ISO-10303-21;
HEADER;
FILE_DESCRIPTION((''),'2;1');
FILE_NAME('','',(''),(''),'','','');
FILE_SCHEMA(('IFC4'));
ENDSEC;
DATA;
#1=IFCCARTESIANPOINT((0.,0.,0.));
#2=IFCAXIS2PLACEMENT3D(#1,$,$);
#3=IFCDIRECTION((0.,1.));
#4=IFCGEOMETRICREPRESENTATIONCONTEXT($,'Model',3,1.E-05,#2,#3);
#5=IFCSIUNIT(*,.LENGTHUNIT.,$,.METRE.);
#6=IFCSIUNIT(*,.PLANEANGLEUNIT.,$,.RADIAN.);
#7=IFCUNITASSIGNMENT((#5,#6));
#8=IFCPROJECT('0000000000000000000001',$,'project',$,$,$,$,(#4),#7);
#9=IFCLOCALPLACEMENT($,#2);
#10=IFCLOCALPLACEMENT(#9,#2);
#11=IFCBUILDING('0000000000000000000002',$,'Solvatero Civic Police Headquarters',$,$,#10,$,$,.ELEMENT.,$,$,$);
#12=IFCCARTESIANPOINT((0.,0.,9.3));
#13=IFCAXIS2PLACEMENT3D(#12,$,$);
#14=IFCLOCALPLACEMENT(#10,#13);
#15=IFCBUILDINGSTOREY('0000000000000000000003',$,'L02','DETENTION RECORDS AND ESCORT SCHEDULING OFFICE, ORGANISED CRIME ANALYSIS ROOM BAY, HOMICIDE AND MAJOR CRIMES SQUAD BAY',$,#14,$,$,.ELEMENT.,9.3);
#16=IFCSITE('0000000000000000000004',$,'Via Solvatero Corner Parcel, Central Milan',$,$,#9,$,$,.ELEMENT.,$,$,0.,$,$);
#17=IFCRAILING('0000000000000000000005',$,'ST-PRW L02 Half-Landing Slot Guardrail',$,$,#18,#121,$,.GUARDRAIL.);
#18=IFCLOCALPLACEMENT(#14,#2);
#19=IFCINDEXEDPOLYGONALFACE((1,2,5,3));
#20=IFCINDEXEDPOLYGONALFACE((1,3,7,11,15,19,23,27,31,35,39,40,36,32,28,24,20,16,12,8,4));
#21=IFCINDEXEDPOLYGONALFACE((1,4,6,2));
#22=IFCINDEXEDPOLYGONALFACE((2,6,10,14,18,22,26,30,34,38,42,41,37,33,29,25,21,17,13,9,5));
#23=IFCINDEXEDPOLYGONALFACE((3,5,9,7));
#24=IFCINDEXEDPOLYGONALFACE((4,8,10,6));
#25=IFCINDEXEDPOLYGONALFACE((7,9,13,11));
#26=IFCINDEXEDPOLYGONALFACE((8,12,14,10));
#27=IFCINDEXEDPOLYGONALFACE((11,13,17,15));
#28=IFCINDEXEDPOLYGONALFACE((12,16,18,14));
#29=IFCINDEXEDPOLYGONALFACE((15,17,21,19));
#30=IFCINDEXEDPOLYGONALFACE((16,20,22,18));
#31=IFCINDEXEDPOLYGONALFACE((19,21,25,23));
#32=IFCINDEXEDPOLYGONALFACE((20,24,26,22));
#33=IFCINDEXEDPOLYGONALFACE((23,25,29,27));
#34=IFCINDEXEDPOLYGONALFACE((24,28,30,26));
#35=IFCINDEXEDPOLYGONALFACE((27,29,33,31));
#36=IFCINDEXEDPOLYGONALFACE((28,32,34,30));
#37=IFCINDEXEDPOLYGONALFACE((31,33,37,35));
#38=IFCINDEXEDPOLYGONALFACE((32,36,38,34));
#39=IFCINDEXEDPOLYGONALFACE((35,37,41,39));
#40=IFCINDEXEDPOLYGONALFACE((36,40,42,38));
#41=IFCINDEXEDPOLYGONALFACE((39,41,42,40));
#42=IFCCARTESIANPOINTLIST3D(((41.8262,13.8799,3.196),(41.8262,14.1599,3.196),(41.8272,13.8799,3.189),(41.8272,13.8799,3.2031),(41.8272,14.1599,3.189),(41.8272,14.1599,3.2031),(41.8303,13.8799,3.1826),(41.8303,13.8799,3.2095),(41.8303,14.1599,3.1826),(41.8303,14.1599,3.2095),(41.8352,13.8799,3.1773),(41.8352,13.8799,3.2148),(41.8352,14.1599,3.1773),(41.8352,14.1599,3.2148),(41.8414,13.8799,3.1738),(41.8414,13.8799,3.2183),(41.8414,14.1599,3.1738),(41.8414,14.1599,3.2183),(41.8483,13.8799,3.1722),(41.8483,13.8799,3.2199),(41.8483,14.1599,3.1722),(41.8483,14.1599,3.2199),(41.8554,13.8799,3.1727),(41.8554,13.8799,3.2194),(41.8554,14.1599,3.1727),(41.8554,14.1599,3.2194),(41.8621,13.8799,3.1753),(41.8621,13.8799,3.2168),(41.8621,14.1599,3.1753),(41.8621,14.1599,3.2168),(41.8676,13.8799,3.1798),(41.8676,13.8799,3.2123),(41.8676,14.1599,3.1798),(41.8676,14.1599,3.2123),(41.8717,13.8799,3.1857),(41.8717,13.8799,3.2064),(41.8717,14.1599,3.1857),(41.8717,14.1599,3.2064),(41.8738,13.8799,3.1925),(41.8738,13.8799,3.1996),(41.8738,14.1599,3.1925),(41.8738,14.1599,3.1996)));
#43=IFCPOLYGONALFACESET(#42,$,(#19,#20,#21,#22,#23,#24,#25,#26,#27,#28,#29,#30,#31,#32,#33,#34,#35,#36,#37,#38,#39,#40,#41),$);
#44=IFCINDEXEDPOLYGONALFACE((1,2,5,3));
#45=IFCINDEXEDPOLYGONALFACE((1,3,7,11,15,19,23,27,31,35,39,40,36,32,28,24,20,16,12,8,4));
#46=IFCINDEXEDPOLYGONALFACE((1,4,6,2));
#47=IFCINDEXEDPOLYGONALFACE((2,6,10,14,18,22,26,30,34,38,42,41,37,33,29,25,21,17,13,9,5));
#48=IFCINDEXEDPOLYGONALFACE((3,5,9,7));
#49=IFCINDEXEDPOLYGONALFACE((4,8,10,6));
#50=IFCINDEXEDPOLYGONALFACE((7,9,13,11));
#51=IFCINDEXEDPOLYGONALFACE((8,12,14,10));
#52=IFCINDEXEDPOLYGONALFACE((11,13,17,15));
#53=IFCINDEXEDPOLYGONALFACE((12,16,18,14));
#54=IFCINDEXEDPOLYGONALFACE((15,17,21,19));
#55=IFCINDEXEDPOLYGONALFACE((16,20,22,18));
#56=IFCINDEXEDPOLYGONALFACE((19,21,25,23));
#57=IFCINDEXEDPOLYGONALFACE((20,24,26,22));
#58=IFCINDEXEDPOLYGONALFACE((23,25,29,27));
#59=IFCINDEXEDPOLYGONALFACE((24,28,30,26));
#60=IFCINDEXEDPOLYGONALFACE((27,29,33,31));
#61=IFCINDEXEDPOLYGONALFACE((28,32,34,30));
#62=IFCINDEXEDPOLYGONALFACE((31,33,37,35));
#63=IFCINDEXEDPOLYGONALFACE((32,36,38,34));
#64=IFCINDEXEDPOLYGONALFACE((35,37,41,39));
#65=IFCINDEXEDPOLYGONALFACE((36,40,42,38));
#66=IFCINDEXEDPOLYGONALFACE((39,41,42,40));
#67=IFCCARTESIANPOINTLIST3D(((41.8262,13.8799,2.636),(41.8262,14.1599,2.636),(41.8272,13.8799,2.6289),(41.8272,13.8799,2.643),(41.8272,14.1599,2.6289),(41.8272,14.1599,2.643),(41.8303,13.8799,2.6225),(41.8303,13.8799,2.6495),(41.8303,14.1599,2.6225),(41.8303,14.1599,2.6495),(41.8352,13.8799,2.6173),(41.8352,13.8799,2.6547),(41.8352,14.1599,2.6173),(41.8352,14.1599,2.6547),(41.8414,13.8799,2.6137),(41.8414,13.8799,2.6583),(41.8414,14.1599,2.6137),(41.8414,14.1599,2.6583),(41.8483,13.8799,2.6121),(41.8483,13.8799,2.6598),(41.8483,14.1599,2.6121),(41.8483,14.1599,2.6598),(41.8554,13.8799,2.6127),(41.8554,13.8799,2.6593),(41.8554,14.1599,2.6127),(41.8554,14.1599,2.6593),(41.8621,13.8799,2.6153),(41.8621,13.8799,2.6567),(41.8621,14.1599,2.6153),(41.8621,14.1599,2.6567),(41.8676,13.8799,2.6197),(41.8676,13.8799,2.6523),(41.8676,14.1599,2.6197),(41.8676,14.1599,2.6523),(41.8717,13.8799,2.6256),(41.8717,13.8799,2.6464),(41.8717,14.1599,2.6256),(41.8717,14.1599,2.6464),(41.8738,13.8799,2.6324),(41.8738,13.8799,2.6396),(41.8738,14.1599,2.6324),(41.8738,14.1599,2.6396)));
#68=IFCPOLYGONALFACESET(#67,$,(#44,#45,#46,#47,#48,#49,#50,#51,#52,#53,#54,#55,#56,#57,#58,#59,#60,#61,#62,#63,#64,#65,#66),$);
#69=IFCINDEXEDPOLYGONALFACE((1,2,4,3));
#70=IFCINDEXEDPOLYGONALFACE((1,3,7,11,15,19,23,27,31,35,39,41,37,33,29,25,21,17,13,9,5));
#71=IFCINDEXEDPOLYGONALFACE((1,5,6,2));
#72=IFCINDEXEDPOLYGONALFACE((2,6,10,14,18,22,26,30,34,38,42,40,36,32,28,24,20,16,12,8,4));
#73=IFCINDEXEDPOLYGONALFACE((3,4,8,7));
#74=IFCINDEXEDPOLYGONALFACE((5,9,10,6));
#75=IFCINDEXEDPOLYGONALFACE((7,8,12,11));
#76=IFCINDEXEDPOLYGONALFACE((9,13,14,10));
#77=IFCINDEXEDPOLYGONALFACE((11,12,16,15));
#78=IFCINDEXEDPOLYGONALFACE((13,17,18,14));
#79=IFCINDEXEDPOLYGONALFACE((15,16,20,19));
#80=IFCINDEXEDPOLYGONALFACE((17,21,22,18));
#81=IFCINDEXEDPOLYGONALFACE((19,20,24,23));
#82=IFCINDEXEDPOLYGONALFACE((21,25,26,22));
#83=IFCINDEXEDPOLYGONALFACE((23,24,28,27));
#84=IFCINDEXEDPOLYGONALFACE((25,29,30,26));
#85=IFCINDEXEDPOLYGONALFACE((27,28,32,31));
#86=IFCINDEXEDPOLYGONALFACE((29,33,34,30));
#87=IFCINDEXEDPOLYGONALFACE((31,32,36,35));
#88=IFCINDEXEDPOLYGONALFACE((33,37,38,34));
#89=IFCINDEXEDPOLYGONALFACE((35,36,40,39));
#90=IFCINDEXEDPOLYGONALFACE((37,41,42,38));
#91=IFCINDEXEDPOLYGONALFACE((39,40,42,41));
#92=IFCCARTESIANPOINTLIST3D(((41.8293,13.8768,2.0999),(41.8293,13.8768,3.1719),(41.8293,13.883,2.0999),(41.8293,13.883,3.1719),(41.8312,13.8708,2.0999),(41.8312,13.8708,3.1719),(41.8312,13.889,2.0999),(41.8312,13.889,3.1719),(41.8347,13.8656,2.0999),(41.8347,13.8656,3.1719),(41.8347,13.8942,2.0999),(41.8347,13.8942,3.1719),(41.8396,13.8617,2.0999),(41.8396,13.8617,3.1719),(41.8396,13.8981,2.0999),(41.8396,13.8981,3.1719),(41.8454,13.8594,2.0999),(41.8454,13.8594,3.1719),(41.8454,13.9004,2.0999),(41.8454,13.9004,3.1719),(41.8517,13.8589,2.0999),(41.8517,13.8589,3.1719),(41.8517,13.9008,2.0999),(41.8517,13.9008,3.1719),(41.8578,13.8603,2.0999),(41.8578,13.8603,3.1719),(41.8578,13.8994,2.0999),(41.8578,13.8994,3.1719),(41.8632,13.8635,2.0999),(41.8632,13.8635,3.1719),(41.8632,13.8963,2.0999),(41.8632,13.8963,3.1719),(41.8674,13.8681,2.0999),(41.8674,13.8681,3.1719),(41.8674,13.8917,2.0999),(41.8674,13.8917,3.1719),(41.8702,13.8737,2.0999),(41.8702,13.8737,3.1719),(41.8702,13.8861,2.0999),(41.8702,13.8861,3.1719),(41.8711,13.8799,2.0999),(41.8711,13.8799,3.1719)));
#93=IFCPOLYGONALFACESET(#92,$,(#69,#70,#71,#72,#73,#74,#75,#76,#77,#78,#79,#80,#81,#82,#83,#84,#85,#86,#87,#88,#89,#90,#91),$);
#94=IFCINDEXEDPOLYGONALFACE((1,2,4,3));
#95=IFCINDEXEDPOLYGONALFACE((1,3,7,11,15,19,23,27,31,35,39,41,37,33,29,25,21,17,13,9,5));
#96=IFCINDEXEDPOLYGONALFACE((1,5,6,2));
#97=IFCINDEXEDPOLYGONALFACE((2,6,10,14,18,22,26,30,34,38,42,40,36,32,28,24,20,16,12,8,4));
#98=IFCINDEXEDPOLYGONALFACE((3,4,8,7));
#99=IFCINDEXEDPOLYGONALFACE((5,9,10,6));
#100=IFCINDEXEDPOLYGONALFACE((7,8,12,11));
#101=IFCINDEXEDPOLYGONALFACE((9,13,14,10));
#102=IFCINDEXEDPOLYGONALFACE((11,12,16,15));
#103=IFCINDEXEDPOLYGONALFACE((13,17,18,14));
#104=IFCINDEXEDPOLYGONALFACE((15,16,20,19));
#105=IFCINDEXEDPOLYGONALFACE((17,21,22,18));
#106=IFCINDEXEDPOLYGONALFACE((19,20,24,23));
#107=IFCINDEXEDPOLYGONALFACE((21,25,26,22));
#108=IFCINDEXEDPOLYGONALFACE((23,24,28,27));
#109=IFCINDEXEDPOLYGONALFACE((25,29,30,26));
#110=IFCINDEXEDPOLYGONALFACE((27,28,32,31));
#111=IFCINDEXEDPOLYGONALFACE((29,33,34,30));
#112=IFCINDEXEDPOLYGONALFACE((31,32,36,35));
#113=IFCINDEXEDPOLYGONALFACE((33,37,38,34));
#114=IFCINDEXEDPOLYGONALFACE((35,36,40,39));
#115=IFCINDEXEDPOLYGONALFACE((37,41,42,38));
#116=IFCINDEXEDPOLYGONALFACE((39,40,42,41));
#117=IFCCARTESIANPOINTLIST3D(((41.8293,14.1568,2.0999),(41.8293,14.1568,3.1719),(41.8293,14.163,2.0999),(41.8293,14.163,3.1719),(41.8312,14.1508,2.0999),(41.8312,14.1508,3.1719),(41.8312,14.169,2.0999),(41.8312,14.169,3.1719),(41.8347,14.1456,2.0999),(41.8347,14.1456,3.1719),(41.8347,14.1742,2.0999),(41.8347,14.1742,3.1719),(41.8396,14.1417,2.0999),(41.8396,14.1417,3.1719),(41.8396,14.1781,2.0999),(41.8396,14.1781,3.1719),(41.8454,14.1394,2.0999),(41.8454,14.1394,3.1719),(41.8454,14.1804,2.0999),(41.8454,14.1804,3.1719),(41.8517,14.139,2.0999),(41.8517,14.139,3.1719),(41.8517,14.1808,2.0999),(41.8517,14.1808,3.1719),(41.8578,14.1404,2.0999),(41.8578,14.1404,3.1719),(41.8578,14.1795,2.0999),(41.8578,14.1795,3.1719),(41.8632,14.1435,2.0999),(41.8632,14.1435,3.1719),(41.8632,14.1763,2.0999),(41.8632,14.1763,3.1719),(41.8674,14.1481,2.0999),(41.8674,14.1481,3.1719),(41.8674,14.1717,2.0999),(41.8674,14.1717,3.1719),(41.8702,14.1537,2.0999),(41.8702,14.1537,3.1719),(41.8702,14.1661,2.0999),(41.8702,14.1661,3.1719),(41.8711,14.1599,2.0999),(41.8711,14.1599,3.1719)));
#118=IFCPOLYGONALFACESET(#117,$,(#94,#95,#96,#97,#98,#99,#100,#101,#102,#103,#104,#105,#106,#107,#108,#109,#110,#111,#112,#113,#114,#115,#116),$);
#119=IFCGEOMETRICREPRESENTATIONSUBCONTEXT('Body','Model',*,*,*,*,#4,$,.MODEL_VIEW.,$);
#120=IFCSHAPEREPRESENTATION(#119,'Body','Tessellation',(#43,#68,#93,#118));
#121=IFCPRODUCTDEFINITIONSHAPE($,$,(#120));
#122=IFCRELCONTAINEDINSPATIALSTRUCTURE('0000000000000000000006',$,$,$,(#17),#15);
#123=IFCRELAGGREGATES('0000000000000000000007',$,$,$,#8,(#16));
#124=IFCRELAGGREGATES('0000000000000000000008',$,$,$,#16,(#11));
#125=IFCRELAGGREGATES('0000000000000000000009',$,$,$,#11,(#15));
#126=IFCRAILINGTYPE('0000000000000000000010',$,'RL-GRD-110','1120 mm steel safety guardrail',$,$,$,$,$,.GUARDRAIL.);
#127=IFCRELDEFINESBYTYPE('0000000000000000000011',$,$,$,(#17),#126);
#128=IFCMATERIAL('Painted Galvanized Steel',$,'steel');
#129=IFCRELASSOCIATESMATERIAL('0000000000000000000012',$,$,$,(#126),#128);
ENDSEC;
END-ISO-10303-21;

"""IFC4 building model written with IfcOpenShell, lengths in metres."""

from ifc_helpers import new_model, si_unit, direction, frame, origin, origin_2d, place, context, subcontext, project, spatial, circle, extrude, material, type_object, element, save


model = new_model("IFC4")

# Units and contexts
model_context = context("Model", 3, precision=1e-05, world=origin(), true_north=direction((0.0, 1.0)))
body_context = subcontext(model_context, "Body", "Model", "MODEL_VIEW")
ifc_project = project(units=[si_unit("LENGTHUNIT", "METRE"), si_unit("PLANEANGLEUNIT", "RADIAN")], contexts=[model_context])

# Site, building, storey
site_placement = place(None, origin())
site = spatial("IfcSite", under=ifc_project, at=site_placement, Name="Via Solvatero Corner Parcel, Central Milan", CompositionType="ELEMENT", RefElevation=0.0)
building_placement = place(site_placement, origin())
building = spatial("IfcBuilding", under=site, at=building_placement, Name="Solvatero Civic Police Headquarters", CompositionType="ELEMENT")
storey_placement = place(building_placement, frame((0.0, 0.0, 9.3)))
storey = spatial("IfcBuildingStorey", under=building, at=storey_placement, Name="L02", Description="DETENTION RECORDS AND ESCORT SCHEDULING OFFICE, ORGANISED CRIME ANALYSIS ROOM BAY, HOMICIDE AND MAJOR CRIMES SQUAD BAY", CompositionType="ELEMENT", Elevation=9.3)

# Railing
ifc_material_1 = material(Name="Painted Galvanized Steel", Category="steel")
railing_type_1 = type_object("IfcRailingType", Name="RL-GRD-110", Description="1120 mm steel safety guardrail", PredefinedType="GUARDRAIL", material=ifc_material_1)
railing_1_placement = place(storey_placement, frame((41.8501, 13.8799, 2.0999)))
element("IfcRailing", 1, at=railing_1_placement, inside=storey, type_object=railing_type_1, Name="ST-PRW L02 Half-Landing Slot Guardrail", PredefinedType="GUARDRAIL", context=body_context, shape_type="SweptSolid", body=[
    extrude(circle(Radius=0.0239, at=origin_2d()), frame((0.0, 0.0, 1.0962), z_axis=(0.0, 1.0, 0.0), x_axis=(-1.0, 0.0, 0.0)), (0.0, 0.0, 1.0), 0.28),
    extrude(circle(Radius=0.0239, at=origin_2d()), frame((0.0, 0.0, 0.5361), z_axis=(0.0, 1.0, 0.0), x_axis=(-1.0, 0.0, 0.0)), (0.0, 0.0, 1.0), 0.28),
    extrude(circle(Radius=0.021, at=origin_2d()), origin(), (0.0, 0.0, 1.0), 1.072),
    extrude(circle(Radius=0.021, at=origin_2d()), frame((0.0, 0.28, 0.0)), (0.0, 0.0, 1.0), 1.072),
])

save(model, "model.ifc")
